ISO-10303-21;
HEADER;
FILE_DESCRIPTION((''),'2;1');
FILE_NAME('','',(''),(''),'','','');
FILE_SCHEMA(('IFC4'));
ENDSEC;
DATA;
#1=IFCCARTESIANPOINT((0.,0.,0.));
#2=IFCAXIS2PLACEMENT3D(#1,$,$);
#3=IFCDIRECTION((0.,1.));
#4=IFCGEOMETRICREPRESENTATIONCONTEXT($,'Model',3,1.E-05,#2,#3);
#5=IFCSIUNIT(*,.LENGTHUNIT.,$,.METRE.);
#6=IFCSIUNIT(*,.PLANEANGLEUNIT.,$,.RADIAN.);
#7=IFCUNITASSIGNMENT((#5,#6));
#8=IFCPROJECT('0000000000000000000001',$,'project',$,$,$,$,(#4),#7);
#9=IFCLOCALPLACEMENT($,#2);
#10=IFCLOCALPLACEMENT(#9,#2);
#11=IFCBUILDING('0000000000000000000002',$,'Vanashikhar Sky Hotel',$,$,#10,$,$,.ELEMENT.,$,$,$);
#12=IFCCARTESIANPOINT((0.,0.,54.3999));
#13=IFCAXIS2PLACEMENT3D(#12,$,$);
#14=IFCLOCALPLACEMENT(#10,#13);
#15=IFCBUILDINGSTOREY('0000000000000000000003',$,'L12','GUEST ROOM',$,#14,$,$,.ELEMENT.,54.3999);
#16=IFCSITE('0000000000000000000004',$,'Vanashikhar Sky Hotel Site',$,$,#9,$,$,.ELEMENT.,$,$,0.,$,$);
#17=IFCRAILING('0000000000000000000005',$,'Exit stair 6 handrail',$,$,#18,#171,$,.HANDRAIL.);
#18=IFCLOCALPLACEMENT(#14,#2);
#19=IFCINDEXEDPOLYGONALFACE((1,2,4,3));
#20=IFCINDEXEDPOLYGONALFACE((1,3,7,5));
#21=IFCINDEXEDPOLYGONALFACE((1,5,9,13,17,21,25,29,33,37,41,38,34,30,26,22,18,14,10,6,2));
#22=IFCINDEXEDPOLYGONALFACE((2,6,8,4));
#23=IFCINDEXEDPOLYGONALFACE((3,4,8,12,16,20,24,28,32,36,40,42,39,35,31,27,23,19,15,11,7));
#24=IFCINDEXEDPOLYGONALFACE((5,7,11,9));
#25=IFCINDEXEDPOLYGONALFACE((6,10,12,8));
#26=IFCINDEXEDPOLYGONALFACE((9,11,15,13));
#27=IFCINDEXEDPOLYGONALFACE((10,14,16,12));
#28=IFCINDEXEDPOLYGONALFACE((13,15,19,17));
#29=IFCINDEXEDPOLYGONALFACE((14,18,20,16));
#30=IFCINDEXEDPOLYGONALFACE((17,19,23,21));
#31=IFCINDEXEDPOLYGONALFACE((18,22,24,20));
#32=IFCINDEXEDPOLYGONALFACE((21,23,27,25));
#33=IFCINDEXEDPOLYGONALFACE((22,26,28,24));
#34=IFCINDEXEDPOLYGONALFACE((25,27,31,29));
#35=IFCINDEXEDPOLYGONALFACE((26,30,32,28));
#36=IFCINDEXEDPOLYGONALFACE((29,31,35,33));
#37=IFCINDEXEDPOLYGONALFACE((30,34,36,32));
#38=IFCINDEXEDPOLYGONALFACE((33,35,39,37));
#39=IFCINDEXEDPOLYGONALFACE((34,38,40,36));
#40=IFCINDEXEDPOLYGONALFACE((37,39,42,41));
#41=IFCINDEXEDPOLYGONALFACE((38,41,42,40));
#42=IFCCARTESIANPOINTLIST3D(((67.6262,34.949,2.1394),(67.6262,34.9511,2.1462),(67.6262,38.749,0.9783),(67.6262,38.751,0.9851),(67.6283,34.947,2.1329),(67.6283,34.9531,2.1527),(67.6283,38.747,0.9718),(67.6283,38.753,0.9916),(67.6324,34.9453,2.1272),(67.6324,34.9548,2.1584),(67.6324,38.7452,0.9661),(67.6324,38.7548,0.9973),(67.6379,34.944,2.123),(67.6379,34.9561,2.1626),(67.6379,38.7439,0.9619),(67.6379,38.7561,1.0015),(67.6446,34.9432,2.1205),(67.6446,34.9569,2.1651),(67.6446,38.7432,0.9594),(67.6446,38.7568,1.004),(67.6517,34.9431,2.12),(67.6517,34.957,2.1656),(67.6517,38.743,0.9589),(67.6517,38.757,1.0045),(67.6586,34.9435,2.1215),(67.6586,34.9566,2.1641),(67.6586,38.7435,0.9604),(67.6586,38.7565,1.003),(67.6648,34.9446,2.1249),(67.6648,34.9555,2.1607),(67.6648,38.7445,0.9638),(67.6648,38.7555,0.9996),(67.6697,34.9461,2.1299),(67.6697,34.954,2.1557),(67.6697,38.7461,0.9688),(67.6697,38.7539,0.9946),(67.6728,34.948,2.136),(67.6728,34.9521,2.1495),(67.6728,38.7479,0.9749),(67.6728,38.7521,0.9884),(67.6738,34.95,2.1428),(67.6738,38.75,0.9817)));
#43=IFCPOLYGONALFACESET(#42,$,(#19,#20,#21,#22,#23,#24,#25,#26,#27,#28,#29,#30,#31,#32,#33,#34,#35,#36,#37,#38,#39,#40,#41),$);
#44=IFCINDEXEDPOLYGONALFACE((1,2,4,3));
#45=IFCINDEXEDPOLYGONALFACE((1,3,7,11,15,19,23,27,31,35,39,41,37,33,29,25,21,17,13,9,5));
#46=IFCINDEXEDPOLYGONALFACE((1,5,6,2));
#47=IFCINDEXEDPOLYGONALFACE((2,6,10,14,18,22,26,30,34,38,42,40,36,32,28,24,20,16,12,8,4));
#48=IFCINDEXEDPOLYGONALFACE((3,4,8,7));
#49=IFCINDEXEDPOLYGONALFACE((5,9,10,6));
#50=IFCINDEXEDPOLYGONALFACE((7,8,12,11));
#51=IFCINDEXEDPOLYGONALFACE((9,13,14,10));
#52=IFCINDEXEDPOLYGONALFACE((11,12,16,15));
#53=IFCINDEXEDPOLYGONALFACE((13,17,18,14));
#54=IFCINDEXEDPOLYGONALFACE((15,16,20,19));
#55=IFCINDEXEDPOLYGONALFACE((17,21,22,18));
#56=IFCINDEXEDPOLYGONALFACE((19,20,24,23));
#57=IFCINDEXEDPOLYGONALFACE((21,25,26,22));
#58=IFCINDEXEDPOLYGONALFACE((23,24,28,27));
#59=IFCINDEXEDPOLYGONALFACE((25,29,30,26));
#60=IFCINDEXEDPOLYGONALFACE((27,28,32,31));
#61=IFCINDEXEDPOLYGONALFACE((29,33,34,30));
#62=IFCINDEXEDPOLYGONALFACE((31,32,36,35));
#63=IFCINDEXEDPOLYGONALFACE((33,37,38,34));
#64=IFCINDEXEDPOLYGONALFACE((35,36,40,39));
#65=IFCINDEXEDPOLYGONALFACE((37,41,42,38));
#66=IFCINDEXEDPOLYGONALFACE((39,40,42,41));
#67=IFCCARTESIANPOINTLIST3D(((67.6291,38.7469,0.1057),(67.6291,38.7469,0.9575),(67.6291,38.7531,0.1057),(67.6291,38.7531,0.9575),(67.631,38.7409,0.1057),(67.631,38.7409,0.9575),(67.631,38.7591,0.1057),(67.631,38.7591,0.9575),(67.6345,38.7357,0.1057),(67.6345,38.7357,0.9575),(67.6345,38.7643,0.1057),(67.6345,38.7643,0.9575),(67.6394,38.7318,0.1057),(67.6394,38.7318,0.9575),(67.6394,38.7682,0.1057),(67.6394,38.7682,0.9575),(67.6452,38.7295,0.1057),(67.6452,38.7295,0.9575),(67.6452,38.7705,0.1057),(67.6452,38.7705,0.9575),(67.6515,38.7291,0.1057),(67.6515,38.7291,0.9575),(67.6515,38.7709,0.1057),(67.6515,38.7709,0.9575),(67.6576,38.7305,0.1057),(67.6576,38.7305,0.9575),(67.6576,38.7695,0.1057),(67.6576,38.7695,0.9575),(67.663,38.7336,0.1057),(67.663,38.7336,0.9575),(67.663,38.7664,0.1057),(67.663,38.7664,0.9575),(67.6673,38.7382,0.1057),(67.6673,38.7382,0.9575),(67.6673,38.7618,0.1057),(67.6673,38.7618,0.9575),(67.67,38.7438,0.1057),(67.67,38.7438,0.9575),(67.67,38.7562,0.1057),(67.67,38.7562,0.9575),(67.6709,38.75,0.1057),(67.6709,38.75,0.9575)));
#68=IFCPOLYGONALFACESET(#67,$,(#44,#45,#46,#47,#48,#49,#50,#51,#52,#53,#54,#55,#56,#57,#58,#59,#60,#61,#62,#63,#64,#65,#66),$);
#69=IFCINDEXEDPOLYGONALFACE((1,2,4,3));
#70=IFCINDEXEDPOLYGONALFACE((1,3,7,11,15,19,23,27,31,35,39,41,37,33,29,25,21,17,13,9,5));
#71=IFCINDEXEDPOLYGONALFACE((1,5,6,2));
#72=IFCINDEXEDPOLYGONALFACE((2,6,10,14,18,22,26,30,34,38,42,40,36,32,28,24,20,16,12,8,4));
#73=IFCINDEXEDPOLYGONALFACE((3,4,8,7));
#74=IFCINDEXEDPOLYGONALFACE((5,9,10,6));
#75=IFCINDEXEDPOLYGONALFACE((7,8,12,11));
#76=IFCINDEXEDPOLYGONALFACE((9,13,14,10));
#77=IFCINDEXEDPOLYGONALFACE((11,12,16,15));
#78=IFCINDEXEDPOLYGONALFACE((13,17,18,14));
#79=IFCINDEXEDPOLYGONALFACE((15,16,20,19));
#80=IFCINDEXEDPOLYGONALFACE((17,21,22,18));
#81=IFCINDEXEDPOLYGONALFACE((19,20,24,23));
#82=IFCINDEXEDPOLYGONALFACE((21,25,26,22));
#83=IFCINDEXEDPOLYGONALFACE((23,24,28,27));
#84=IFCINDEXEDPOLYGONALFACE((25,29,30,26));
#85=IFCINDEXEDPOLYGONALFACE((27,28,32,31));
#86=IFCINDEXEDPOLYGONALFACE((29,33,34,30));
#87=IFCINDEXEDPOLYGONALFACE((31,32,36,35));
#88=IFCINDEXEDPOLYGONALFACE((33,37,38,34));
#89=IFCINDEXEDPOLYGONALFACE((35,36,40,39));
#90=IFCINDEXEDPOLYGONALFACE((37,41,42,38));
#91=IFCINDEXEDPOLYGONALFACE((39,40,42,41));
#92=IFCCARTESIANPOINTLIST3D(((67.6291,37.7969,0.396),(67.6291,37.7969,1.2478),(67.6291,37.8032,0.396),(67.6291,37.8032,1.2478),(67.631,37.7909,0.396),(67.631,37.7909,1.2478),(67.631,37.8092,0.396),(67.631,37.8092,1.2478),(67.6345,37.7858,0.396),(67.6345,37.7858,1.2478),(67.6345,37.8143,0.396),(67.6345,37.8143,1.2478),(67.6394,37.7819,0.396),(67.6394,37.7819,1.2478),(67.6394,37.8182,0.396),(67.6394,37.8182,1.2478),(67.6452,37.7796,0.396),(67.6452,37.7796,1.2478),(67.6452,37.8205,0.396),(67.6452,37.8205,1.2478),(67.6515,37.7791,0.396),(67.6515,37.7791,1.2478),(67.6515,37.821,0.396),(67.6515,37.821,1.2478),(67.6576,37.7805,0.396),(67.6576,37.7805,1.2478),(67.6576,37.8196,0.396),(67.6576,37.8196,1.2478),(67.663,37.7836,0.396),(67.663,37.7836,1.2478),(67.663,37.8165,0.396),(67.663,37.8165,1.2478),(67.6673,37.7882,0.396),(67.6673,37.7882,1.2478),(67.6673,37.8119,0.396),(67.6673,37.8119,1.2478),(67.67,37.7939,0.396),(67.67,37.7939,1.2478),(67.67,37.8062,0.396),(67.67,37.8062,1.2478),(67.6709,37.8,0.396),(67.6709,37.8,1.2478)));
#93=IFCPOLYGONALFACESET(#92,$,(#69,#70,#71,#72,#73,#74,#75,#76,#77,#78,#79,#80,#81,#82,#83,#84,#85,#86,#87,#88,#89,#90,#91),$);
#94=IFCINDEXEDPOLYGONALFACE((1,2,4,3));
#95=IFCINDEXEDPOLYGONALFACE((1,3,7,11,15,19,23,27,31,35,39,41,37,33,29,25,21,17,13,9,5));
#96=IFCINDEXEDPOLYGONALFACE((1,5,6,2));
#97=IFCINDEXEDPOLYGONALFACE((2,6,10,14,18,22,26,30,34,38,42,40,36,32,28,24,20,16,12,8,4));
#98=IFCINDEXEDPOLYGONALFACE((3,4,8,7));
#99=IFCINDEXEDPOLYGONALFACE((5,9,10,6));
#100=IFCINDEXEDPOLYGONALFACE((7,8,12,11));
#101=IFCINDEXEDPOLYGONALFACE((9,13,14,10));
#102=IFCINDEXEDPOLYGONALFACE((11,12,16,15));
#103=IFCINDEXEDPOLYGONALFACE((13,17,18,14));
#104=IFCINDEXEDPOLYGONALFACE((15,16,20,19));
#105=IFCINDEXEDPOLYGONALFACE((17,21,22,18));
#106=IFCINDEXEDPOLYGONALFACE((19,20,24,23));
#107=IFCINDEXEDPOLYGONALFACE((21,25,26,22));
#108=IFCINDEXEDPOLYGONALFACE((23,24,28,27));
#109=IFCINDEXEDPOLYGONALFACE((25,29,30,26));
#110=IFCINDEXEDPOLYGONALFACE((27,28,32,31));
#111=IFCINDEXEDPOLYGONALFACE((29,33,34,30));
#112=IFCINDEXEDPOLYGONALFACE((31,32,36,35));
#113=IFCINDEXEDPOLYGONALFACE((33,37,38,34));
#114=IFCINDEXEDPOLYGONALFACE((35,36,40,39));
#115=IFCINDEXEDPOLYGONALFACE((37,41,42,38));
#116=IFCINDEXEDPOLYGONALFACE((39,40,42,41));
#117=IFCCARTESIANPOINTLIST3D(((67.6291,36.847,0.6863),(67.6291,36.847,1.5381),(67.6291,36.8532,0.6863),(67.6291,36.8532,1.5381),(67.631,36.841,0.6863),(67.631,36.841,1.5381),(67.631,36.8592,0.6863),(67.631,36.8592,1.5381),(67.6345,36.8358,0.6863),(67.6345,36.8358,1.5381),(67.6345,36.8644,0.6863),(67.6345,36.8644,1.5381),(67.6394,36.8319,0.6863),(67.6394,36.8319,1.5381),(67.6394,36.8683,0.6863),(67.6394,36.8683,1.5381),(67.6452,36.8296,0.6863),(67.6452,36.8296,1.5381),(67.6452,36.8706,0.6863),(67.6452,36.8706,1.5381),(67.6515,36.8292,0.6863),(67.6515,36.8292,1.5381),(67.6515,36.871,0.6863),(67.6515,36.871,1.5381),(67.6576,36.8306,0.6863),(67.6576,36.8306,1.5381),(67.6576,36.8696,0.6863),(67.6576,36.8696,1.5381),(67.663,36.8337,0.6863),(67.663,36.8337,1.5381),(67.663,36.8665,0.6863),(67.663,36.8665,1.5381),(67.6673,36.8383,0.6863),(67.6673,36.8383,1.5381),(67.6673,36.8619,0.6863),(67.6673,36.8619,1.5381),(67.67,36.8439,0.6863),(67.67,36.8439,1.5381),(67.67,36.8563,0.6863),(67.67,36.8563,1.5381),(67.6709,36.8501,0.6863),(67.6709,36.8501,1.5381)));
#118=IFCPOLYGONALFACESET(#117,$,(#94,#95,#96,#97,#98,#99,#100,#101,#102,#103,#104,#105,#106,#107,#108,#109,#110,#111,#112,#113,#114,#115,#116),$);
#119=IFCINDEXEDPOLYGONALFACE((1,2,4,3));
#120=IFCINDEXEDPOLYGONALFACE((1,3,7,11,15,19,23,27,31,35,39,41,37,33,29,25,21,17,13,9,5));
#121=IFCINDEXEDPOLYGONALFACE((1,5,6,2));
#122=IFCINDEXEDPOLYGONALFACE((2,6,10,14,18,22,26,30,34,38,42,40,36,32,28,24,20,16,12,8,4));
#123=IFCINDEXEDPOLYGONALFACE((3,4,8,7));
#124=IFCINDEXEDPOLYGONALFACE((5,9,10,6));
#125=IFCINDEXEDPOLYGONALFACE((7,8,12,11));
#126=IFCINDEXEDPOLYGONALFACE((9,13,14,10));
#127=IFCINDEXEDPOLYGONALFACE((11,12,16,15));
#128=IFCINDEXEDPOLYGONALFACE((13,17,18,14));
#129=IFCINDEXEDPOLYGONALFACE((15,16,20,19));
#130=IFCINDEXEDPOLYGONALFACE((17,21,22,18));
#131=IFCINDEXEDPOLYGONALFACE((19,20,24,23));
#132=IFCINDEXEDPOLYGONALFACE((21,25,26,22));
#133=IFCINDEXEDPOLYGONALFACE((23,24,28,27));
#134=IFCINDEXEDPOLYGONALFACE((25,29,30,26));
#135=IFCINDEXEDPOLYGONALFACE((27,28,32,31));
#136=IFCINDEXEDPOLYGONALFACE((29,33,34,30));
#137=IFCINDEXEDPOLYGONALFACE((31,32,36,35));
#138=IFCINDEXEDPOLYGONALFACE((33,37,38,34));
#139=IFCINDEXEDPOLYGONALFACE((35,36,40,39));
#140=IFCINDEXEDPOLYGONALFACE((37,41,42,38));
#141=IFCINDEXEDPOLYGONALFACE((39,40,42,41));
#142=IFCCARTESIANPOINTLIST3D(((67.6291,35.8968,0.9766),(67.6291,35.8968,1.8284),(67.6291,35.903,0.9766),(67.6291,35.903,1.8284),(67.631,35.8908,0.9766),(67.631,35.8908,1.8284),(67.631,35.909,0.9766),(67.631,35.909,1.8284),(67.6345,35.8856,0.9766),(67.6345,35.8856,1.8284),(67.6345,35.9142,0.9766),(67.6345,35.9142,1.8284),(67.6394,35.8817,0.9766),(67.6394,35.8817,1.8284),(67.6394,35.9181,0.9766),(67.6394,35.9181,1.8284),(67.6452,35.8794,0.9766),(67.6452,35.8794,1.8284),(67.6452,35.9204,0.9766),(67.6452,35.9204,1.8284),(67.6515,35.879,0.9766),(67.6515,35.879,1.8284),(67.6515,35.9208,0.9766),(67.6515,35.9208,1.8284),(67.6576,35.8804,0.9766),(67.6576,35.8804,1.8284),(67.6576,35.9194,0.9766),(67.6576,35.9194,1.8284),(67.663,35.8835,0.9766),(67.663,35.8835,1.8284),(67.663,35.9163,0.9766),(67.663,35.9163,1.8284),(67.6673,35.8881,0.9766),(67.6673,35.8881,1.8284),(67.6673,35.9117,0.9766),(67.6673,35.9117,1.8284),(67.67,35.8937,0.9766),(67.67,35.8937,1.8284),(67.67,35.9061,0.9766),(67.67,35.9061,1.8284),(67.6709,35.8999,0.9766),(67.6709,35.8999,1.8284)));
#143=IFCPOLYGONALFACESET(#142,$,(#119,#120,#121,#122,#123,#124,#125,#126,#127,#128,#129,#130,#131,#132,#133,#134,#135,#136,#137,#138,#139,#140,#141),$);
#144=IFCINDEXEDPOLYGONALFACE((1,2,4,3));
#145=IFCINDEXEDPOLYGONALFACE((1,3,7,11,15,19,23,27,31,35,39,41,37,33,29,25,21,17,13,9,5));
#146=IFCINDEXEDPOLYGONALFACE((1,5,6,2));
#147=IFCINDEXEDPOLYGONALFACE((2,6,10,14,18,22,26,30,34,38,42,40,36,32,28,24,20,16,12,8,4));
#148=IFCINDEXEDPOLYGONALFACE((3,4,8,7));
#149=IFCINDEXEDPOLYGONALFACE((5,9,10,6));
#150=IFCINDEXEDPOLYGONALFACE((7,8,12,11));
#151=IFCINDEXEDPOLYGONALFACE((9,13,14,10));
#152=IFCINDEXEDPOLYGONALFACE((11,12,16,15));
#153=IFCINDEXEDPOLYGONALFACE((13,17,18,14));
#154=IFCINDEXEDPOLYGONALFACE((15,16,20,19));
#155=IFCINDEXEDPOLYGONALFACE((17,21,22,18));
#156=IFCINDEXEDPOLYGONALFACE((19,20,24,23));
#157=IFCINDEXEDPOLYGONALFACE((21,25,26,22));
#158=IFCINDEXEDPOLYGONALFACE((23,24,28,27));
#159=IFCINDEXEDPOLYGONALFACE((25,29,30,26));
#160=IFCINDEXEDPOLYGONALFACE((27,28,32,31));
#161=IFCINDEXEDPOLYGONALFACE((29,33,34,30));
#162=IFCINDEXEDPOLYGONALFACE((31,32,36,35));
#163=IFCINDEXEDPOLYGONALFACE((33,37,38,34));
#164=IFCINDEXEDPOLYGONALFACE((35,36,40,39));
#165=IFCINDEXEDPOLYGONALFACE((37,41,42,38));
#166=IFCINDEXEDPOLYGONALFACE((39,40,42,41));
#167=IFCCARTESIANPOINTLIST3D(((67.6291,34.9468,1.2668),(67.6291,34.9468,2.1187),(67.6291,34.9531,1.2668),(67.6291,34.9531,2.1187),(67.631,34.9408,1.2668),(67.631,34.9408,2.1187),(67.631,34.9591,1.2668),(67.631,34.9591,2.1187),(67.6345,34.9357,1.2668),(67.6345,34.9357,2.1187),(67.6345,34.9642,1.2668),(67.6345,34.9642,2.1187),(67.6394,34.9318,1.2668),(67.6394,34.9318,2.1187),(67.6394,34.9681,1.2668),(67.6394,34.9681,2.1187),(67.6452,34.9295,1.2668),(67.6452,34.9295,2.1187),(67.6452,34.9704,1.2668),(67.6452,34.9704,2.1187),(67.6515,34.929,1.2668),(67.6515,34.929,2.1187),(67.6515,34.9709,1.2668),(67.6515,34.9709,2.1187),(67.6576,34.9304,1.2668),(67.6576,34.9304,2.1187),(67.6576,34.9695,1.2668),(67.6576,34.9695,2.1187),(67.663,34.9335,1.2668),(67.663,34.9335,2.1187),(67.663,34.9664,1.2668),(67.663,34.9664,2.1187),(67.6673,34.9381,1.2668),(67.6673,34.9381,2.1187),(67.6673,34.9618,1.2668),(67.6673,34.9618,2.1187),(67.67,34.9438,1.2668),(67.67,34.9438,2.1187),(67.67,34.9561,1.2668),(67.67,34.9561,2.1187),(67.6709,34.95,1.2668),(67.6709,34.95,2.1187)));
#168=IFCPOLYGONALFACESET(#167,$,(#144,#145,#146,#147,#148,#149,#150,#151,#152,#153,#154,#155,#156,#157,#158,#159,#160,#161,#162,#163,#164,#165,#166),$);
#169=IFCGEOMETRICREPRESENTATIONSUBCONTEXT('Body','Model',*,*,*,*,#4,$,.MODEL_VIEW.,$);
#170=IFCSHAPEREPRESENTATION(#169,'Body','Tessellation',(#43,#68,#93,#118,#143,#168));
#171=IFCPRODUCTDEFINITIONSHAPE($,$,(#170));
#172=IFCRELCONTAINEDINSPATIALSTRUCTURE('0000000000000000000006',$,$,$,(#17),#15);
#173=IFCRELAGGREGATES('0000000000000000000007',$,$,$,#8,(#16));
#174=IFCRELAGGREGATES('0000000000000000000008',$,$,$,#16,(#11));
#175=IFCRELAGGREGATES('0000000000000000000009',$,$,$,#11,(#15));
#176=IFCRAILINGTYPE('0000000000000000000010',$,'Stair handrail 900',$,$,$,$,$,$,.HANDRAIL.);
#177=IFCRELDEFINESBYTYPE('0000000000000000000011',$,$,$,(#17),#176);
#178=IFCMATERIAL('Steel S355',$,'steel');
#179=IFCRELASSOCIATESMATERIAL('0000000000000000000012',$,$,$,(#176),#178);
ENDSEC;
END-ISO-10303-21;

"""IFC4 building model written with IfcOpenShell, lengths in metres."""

from ifc_helpers import new_model, si_unit, direction, frame, origin, origin_2d, place, context, subcontext, project, spatial, circle, extrude, source, transform, mapped, material, type_object, element, save


model = new_model("IFC4")

# Units and contexts
model_context = context("Model", 3, precision=1e-05, world=origin(), true_north=direction((0.0, 1.0)))
body_context = subcontext(model_context, "Body", "Model", "MODEL_VIEW")
ifc_project = project(units=[si_unit("LENGTHUNIT", "METRE"), si_unit("PLANEANGLEUNIT", "RADIAN")], contexts=[model_context])

# Site, building, storey
site_placement = place(None, origin())
site = spatial("IfcSite", under=ifc_project, at=site_placement, Name="Vanashikhar Sky Hotel Site", CompositionType="ELEMENT", RefElevation=0.0)
building_placement = place(site_placement, origin())
building = spatial("IfcBuilding", under=site, at=building_placement, Name="Vanashikhar Sky Hotel", CompositionType="ELEMENT")
storey_placement = place(building_placement, frame((0.0, 0.0, 54.3999)))
storey = spatial("IfcBuildingStorey", under=building, at=storey_placement, Name="L12", Description="GUEST ROOM", CompositionType="ELEMENT", Elevation=54.3999)

# Railing
ifc_material_1 = material(Name="Steel S355", Category="steel")
railing_type_1 = type_object("IfcRailingType", Name="Stair handrail 900", PredefinedType="HANDRAIL", material=ifc_material_1)
shared_shape_1 = source(origin(), body_context, "Body", "SweptSolid", [
    extrude(circle(Radius=0.0239, at=origin_2d()), frame((0.0, 0.0, 0.876), z_axis=(0.0, -0.956351, 0.29222), x_axis=(1.0, 0.0, 0.0)), (0.0, 0.0, 1.0), 3.9734),
    extrude(circle(Radius=0.021, at=origin_2d()), origin(), (0.0, 0.0, 1.0), 0.8518),
    extrude(circle(Radius=0.021, at=origin_2d()), frame((0.0, -0.95, 0.2903)), (0.0, 0.0, 1.0), 0.8518),
    extrude(circle(Radius=0.021, at=origin_2d()), frame((0.0, -1.8999, 0.5806)), (0.0, 0.0, 1.0), 0.8518),
    extrude(circle(Radius=0.021, at=origin_2d()), frame((0.0, -2.8501, 0.8708)), (0.0, 0.0, 1.0), 0.8518),
    extrude(circle(Radius=0.021, at=origin_2d()), frame((0.0, -3.8, 1.1611)), (0.0, 0.0, 1.0), 0.8518),
])
for number, where, name in (
    (1, (67.6499, 38.75, 0.1057), "Exit stair 6 handrail"),
):
    element("IfcRailing", number, at=place(storey_placement, frame(where)), inside=storey, type_object=railing_type_1, Name=name, PredefinedType="HANDRAIL", context=body_context, shape_type="MappedRepresentation", body=[
        mapped(shared_shape_1, transform((0.0, 0.0, 0.0), scale=1.0)),
    ])

save(model, "model.ifc")
